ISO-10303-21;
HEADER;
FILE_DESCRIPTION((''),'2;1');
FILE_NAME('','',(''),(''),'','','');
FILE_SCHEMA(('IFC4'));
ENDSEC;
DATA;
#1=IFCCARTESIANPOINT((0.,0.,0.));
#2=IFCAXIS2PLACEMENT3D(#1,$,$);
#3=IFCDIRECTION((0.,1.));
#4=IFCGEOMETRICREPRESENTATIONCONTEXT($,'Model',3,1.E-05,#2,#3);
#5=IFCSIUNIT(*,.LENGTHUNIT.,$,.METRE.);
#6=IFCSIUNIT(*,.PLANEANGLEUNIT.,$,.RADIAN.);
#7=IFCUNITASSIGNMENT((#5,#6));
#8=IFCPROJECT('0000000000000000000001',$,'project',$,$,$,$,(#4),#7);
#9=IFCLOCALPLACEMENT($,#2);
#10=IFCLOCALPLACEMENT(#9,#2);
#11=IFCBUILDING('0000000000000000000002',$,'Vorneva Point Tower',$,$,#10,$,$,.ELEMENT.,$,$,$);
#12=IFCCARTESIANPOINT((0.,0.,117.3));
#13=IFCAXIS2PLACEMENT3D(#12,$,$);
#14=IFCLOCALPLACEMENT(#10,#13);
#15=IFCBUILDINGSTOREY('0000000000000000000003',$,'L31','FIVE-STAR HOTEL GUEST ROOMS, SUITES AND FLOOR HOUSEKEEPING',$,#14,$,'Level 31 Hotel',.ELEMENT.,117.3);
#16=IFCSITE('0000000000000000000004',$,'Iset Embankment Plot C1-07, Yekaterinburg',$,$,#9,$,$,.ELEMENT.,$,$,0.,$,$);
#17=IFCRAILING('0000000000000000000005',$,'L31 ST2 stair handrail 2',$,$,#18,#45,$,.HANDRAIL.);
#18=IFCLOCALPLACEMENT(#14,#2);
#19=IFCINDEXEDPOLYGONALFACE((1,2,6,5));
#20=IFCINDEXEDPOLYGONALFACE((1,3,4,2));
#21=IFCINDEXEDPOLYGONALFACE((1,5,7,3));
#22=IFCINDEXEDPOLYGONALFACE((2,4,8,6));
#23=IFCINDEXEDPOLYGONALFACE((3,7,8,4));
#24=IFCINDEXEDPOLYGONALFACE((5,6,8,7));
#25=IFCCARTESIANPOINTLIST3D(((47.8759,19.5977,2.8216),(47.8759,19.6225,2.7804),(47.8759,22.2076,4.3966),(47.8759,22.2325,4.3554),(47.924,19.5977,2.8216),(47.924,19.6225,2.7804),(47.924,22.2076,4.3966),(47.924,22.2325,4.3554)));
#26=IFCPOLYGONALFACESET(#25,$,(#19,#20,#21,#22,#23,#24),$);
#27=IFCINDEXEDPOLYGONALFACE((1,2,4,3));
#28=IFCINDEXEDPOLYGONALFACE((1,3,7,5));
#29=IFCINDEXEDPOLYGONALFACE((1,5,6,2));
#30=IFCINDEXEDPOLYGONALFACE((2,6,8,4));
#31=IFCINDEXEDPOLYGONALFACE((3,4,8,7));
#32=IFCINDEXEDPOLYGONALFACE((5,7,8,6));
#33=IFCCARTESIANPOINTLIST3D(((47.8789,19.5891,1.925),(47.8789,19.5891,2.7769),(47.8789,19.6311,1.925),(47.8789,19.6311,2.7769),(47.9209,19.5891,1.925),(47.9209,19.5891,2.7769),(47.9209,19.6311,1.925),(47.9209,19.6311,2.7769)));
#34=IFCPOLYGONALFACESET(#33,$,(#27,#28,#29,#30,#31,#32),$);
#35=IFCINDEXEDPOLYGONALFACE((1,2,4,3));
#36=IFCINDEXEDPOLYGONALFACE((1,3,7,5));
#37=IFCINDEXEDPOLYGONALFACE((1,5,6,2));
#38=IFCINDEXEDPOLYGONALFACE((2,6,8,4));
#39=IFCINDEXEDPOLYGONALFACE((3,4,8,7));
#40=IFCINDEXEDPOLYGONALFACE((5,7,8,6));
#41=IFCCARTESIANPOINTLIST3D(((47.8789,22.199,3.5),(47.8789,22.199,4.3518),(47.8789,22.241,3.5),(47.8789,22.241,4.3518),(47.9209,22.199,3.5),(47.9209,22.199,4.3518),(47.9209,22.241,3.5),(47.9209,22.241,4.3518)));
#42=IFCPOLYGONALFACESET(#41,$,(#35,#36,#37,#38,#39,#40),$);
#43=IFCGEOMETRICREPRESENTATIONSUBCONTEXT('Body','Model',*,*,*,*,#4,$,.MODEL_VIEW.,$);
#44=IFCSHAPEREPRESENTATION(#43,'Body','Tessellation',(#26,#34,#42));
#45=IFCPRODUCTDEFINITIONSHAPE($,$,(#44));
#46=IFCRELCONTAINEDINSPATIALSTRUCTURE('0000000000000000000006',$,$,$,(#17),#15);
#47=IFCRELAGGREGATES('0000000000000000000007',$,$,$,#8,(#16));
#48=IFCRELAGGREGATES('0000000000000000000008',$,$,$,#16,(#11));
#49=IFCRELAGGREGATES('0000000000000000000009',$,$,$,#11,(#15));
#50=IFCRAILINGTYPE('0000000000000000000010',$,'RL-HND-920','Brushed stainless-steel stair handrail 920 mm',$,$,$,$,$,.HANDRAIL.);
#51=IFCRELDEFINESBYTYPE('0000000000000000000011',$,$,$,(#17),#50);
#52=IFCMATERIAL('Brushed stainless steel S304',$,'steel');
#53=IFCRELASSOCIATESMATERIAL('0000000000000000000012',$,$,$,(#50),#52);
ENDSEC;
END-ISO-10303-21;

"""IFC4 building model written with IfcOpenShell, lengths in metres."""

from ifc_helpers import new_model, si_unit, direction, frame, origin, origin_2d, place, context, subcontext, project, spatial, rectangle, extrude, material, type_object, element, save


model = new_model("IFC4")

# Units and contexts
model_context = context("Model", 3, precision=1e-05, world=origin(), true_north=direction((0.0, 1.0)))
body_context = subcontext(model_context, "Body", "Model", "MODEL_VIEW")
ifc_project = project(units=[si_unit("LENGTHUNIT", "METRE"), si_unit("PLANEANGLEUNIT", "RADIAN")], contexts=[model_context])

# Site, building, storey
site_placement = place(None, origin())
site = spatial("IfcSite", under=ifc_project, at=site_placement, Name="Iset Embankment Plot C1-07, Yekaterinburg", CompositionType="ELEMENT", RefElevation=0.0)
building_placement = place(site_placement, origin())
building = spatial("IfcBuilding", under=site, at=building_placement, Name="Vorneva Point Tower", CompositionType="ELEMENT")
storey_placement = place(building_placement, frame((0.0, 0.0, 117.3)))
storey = spatial("IfcBuildingStorey", under=building, at=storey_placement, Name="L31", Description="FIVE-STAR HOTEL GUEST ROOMS, SUITES AND FLOOR HOUSEKEEPING", LongName="Level 31 Hotel", CompositionType="ELEMENT", Elevation=117.3)

# Railing
ifc_material_1 = material(Name="Brushed stainless steel S304", Category="steel")
railing_type_1 = type_object("IfcRailingType", Name="RL-HND-920", Description="Brushed stainless-steel stair handrail 920 mm", PredefinedType="HANDRAIL", material=ifc_material_1)
railing_1_placement = place(storey_placement, frame((47.8999, 19.6101, 1.925)))
element("IfcRailing", 1, at=railing_1_placement, inside=storey, type_object=railing_type_1, Name="L31 ST2 stair handrail 2", PredefinedType="HANDRAIL", context=body_context, shape_type="SweptSolid", body=[
    extrude(rectangle(XDim=0.0481, YDim=0.0481, at=origin_2d()), frame((0.0, 0.0, 0.876), z_axis=(0.0, 0.856183, 0.516673), x_axis=(-1.0, 0.0, 0.0)), (0.0, 0.0, 1.0), 3.0483),
    extrude(rectangle(XDim=0.042, YDim=0.042, at=origin_2d()), origin(), (0.0, 0.0, 1.0), 0.8518),
    extrude(rectangle(XDim=0.042, YDim=0.042, at=origin_2d()), frame((0.0, 2.6099, 1.575)), (0.0, 0.0, 1.0), 0.8518),
])

save(model, "model.ifc")
